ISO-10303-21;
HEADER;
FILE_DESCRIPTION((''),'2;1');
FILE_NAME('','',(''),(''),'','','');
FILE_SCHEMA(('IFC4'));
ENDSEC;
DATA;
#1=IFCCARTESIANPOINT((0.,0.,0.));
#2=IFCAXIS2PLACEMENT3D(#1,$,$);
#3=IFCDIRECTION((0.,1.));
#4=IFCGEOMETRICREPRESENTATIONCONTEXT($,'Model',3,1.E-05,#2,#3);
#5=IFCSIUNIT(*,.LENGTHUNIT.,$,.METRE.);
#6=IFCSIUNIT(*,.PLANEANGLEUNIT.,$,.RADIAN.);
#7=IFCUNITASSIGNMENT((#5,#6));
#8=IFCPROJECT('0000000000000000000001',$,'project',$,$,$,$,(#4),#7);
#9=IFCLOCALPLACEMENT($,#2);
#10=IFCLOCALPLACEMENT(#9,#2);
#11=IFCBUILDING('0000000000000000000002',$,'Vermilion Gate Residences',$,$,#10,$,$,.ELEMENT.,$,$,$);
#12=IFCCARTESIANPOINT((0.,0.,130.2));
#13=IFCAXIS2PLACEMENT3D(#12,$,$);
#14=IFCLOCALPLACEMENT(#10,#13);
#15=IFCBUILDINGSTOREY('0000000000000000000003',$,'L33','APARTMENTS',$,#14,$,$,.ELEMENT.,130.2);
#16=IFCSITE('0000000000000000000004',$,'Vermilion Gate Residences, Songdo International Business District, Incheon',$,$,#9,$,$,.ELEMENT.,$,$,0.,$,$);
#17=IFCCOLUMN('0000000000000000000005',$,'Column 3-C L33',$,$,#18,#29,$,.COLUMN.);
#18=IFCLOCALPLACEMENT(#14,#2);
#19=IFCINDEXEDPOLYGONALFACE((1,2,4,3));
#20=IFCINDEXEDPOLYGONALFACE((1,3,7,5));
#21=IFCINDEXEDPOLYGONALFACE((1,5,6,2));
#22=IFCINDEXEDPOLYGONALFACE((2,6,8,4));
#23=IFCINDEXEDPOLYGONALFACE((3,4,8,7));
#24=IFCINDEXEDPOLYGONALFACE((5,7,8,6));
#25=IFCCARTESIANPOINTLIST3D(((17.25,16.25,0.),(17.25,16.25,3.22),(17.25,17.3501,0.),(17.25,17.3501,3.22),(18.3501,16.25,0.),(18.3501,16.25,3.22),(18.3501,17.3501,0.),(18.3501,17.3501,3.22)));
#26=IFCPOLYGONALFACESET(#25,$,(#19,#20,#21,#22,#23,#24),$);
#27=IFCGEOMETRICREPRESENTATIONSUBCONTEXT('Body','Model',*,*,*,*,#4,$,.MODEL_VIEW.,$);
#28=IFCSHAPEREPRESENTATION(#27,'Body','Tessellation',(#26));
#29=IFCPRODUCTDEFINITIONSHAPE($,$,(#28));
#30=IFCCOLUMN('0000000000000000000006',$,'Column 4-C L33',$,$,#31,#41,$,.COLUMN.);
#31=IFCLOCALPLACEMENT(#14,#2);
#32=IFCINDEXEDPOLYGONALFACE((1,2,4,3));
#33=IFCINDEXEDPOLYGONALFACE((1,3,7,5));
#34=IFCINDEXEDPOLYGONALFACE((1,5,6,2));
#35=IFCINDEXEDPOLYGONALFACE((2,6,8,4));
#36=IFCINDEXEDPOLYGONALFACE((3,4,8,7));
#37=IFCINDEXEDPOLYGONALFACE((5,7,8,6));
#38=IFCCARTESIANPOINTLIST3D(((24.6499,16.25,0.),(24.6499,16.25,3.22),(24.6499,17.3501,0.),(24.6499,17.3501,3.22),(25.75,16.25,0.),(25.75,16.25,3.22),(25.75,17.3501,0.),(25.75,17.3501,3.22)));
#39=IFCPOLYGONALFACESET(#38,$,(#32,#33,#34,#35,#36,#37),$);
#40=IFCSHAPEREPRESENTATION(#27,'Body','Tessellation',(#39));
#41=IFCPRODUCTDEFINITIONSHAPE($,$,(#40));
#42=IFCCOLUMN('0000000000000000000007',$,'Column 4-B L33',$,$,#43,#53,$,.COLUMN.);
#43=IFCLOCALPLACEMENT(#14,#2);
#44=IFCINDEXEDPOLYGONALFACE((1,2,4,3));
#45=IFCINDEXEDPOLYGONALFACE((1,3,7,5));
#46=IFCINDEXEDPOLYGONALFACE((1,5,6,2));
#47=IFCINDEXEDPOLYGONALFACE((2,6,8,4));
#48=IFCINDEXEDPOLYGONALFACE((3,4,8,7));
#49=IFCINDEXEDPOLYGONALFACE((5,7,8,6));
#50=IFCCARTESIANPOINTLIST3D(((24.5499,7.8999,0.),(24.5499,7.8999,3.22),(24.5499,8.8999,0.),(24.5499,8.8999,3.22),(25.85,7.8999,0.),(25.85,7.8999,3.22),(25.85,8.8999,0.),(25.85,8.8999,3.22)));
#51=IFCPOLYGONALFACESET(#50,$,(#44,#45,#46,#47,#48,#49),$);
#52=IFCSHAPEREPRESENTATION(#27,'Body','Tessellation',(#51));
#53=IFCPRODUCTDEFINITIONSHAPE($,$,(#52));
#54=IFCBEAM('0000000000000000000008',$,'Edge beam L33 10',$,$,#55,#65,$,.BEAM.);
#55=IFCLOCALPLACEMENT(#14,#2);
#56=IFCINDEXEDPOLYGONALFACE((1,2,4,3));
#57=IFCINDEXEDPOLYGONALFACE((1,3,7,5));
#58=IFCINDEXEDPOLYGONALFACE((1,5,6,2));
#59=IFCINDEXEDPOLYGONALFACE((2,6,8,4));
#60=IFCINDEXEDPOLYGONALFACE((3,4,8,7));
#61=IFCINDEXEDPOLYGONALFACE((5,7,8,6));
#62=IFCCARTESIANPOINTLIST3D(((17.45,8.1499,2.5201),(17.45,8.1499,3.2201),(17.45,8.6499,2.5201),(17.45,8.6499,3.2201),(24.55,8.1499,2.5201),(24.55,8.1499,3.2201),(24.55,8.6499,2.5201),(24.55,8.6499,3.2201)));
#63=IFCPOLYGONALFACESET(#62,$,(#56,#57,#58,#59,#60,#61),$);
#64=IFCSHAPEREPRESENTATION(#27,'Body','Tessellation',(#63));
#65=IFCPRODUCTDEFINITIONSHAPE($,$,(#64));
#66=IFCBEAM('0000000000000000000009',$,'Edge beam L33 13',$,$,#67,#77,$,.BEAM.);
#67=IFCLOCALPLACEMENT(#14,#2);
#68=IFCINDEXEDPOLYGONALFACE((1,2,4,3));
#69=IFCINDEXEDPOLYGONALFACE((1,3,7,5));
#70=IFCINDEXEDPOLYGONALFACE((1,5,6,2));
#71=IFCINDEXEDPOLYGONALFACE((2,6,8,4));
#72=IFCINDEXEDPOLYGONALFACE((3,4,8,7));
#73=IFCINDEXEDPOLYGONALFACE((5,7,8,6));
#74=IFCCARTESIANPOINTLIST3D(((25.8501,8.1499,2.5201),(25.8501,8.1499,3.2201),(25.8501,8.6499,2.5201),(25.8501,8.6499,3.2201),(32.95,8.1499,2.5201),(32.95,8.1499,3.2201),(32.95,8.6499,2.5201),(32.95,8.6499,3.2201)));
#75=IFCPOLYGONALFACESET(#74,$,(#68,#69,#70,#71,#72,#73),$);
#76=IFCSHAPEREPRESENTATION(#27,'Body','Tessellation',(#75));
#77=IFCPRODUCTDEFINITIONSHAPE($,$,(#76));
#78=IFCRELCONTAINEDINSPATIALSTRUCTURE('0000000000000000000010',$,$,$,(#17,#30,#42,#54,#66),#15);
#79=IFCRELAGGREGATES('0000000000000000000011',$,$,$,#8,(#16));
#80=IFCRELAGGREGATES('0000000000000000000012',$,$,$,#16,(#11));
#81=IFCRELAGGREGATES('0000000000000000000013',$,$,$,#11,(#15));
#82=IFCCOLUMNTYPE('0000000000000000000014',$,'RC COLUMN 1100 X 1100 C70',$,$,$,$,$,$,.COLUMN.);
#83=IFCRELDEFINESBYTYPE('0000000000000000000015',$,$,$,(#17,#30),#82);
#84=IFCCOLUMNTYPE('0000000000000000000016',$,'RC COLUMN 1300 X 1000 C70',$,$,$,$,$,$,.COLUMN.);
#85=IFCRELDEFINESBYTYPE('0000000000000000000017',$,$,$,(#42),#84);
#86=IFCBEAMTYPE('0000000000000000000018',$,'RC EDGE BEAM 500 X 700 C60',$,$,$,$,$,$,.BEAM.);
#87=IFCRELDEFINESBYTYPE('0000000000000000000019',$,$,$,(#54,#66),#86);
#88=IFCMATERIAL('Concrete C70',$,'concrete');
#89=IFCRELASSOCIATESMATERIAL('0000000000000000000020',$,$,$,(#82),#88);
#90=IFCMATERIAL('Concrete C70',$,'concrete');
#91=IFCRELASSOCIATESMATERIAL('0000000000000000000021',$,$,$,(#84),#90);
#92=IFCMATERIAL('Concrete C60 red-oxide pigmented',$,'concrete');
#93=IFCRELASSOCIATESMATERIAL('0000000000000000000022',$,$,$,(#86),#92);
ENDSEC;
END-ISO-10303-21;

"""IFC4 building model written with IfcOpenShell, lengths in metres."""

from ifc_helpers import new_model, si_unit, direction, frame, origin, origin_2d, place, context, subcontext, project, spatial, rectangle, extrude, material, material_profile, profile_set, type_object, element, save


model = new_model("IFC4")

# Units and contexts
model_context = context("Model", 3, precision=1e-05, world=origin(), true_north=direction((0.0, 1.0)))
body_context = subcontext(model_context, "Body", "Model", "MODEL_VIEW")
ifc_project = project(units=[si_unit("LENGTHUNIT", "METRE"), si_unit("PLANEANGLEUNIT", "RADIAN")], contexts=[model_context])

# Site, building, storey
site_placement = place(None, origin())
site = spatial("IfcSite", under=ifc_project, at=site_placement, Name="Vermilion Gate Residences, Songdo International Business District, Incheon", CompositionType="ELEMENT", RefElevation=0.0)
building_placement = place(site_placement, origin())
building = spatial("IfcBuilding", under=site, at=building_placement, Name="Vermilion Gate Residences", CompositionType="ELEMENT")
storey_placement = place(building_placement, frame((0.0, 0.0, 130.2)))
storey = spatial("IfcBuildingStorey", under=building, at=storey_placement, Name="L33", Description="APARTMENTS", CompositionType="ELEMENT", Elevation=130.2)

# Columns
ifc_material_1 = material(Name="Concrete C70", Category="concrete")
ifc_material_profile_1 = material_profile(ifc_material_1, rectangle(XDim=1.1001, YDim=1.1001, at=origin_2d()), Name="RC-1100x1100")
ifc_profile_set_1 = profile_set([ifc_material_profile_1], Name="Concrete C70")
column_type_1 = type_object("IfcColumnType", Name="RC COLUMN 1100 X 1100 C70", PredefinedType="COLUMN", material=ifc_profile_set_1)
for number, where, z_axis, x_axis, name in (
    (1, (17.8, 16.8, 0.0), (0.0, 0.0, 1.0), (1.0, 0.0, 0.0), "Column 3-C L33"),
    (2, (25.2, 16.8, 0.0), (0.0, 0.0, 1.0), (1.0, 0.0, 0.0), "Column 4-C L33"),
):
    element("IfcColumn", number, at=place(storey_placement, frame(where, z_axis=z_axis, x_axis=x_axis)), inside=storey, type_object=column_type_1, Name=name, PredefinedType="COLUMN", context=body_context, shape_type="SweptSolid", body=[
        extrude(rectangle(XDim=1.1001, YDim=1.1001, at=origin_2d()), origin(), (0.0, 0.0, 1.0), 3.22),
    ])
ifc_material_2 = material(Name="Concrete C70", Category="concrete")
ifc_material_profile_2 = material_profile(ifc_material_2, rectangle(XDim=1.3, YDim=1.0, at=origin_2d()), Name="RC-1300x1000")
ifc_profile_set_2 = profile_set([ifc_material_profile_2], Name="Concrete C70")
column_type_2 = type_object("IfcColumnType", Name="RC COLUMN 1300 X 1000 C70", PredefinedType="COLUMN", material=ifc_profile_set_2)
column_placement = place(storey_placement, frame((25.2, 8.3999, 0.0), z_axis=(0.0, 0.0, 1.0), x_axis=(1.0, 0.0, 0.0)))
element("IfcColumn", 3, at=column_placement, inside=storey, type_object=column_type_2, Name="Column 4-B L33", PredefinedType="COLUMN", context=body_context, shape_type="SweptSolid", body=[
    extrude(rectangle(XDim=1.3, YDim=1.0, at=origin_2d()), origin(), (0.0, 0.0, 1.0), 3.22),
])

# Beams
ifc_material_3 = material(Name="Concrete C60 red-oxide pigmented", Category="concrete")
ifc_material_profile_3 = material_profile(ifc_material_3, rectangle(XDim=0.5, YDim=0.7, at=origin_2d()), Name="RC-500x700")
ifc_profile_set_3 = profile_set([ifc_material_profile_3], Name="Concrete C60 red-oxide pigmented")
beam_type = type_object("IfcBeamType", Name="RC EDGE BEAM 500 X 700 C60", PredefinedType="BEAM", material=ifc_profile_set_3)
beam_1_placement = place(storey_placement, frame((17.45, 8.3999, 2.8701), z_axis=(1.0, 0.0, 0.0), x_axis=(0.0, 1.0, 0.0)))
element("IfcBeam", 4, at=beam_1_placement, inside=storey, type_object=beam_type, Name="Edge beam L33 10", PredefinedType="BEAM", context=body_context, shape_type="SweptSolid", body=[
    extrude(rectangle(XDim=0.5, YDim=0.7, at=origin_2d()), origin(), (0.0, 0.0, 1.0), 7.1001),
])
beam_2_placement = place(storey_placement, frame((25.8501, 8.3999, 2.8701), z_axis=(1.0, 0.0, 0.0), x_axis=(0.0, 1.0, 0.0)))
element("IfcBeam", 5, at=beam_2_placement, inside=storey, type_object=beam_type, Name="Edge beam L33 13", PredefinedType="BEAM", context=body_context, shape_type="SweptSolid", body=[
    extrude(rectangle(XDim=0.5, YDim=0.7, at=origin_2d()), origin(), (0.0, 0.0, 1.0), 7.0999),
])

save(model, "model.ifc")
